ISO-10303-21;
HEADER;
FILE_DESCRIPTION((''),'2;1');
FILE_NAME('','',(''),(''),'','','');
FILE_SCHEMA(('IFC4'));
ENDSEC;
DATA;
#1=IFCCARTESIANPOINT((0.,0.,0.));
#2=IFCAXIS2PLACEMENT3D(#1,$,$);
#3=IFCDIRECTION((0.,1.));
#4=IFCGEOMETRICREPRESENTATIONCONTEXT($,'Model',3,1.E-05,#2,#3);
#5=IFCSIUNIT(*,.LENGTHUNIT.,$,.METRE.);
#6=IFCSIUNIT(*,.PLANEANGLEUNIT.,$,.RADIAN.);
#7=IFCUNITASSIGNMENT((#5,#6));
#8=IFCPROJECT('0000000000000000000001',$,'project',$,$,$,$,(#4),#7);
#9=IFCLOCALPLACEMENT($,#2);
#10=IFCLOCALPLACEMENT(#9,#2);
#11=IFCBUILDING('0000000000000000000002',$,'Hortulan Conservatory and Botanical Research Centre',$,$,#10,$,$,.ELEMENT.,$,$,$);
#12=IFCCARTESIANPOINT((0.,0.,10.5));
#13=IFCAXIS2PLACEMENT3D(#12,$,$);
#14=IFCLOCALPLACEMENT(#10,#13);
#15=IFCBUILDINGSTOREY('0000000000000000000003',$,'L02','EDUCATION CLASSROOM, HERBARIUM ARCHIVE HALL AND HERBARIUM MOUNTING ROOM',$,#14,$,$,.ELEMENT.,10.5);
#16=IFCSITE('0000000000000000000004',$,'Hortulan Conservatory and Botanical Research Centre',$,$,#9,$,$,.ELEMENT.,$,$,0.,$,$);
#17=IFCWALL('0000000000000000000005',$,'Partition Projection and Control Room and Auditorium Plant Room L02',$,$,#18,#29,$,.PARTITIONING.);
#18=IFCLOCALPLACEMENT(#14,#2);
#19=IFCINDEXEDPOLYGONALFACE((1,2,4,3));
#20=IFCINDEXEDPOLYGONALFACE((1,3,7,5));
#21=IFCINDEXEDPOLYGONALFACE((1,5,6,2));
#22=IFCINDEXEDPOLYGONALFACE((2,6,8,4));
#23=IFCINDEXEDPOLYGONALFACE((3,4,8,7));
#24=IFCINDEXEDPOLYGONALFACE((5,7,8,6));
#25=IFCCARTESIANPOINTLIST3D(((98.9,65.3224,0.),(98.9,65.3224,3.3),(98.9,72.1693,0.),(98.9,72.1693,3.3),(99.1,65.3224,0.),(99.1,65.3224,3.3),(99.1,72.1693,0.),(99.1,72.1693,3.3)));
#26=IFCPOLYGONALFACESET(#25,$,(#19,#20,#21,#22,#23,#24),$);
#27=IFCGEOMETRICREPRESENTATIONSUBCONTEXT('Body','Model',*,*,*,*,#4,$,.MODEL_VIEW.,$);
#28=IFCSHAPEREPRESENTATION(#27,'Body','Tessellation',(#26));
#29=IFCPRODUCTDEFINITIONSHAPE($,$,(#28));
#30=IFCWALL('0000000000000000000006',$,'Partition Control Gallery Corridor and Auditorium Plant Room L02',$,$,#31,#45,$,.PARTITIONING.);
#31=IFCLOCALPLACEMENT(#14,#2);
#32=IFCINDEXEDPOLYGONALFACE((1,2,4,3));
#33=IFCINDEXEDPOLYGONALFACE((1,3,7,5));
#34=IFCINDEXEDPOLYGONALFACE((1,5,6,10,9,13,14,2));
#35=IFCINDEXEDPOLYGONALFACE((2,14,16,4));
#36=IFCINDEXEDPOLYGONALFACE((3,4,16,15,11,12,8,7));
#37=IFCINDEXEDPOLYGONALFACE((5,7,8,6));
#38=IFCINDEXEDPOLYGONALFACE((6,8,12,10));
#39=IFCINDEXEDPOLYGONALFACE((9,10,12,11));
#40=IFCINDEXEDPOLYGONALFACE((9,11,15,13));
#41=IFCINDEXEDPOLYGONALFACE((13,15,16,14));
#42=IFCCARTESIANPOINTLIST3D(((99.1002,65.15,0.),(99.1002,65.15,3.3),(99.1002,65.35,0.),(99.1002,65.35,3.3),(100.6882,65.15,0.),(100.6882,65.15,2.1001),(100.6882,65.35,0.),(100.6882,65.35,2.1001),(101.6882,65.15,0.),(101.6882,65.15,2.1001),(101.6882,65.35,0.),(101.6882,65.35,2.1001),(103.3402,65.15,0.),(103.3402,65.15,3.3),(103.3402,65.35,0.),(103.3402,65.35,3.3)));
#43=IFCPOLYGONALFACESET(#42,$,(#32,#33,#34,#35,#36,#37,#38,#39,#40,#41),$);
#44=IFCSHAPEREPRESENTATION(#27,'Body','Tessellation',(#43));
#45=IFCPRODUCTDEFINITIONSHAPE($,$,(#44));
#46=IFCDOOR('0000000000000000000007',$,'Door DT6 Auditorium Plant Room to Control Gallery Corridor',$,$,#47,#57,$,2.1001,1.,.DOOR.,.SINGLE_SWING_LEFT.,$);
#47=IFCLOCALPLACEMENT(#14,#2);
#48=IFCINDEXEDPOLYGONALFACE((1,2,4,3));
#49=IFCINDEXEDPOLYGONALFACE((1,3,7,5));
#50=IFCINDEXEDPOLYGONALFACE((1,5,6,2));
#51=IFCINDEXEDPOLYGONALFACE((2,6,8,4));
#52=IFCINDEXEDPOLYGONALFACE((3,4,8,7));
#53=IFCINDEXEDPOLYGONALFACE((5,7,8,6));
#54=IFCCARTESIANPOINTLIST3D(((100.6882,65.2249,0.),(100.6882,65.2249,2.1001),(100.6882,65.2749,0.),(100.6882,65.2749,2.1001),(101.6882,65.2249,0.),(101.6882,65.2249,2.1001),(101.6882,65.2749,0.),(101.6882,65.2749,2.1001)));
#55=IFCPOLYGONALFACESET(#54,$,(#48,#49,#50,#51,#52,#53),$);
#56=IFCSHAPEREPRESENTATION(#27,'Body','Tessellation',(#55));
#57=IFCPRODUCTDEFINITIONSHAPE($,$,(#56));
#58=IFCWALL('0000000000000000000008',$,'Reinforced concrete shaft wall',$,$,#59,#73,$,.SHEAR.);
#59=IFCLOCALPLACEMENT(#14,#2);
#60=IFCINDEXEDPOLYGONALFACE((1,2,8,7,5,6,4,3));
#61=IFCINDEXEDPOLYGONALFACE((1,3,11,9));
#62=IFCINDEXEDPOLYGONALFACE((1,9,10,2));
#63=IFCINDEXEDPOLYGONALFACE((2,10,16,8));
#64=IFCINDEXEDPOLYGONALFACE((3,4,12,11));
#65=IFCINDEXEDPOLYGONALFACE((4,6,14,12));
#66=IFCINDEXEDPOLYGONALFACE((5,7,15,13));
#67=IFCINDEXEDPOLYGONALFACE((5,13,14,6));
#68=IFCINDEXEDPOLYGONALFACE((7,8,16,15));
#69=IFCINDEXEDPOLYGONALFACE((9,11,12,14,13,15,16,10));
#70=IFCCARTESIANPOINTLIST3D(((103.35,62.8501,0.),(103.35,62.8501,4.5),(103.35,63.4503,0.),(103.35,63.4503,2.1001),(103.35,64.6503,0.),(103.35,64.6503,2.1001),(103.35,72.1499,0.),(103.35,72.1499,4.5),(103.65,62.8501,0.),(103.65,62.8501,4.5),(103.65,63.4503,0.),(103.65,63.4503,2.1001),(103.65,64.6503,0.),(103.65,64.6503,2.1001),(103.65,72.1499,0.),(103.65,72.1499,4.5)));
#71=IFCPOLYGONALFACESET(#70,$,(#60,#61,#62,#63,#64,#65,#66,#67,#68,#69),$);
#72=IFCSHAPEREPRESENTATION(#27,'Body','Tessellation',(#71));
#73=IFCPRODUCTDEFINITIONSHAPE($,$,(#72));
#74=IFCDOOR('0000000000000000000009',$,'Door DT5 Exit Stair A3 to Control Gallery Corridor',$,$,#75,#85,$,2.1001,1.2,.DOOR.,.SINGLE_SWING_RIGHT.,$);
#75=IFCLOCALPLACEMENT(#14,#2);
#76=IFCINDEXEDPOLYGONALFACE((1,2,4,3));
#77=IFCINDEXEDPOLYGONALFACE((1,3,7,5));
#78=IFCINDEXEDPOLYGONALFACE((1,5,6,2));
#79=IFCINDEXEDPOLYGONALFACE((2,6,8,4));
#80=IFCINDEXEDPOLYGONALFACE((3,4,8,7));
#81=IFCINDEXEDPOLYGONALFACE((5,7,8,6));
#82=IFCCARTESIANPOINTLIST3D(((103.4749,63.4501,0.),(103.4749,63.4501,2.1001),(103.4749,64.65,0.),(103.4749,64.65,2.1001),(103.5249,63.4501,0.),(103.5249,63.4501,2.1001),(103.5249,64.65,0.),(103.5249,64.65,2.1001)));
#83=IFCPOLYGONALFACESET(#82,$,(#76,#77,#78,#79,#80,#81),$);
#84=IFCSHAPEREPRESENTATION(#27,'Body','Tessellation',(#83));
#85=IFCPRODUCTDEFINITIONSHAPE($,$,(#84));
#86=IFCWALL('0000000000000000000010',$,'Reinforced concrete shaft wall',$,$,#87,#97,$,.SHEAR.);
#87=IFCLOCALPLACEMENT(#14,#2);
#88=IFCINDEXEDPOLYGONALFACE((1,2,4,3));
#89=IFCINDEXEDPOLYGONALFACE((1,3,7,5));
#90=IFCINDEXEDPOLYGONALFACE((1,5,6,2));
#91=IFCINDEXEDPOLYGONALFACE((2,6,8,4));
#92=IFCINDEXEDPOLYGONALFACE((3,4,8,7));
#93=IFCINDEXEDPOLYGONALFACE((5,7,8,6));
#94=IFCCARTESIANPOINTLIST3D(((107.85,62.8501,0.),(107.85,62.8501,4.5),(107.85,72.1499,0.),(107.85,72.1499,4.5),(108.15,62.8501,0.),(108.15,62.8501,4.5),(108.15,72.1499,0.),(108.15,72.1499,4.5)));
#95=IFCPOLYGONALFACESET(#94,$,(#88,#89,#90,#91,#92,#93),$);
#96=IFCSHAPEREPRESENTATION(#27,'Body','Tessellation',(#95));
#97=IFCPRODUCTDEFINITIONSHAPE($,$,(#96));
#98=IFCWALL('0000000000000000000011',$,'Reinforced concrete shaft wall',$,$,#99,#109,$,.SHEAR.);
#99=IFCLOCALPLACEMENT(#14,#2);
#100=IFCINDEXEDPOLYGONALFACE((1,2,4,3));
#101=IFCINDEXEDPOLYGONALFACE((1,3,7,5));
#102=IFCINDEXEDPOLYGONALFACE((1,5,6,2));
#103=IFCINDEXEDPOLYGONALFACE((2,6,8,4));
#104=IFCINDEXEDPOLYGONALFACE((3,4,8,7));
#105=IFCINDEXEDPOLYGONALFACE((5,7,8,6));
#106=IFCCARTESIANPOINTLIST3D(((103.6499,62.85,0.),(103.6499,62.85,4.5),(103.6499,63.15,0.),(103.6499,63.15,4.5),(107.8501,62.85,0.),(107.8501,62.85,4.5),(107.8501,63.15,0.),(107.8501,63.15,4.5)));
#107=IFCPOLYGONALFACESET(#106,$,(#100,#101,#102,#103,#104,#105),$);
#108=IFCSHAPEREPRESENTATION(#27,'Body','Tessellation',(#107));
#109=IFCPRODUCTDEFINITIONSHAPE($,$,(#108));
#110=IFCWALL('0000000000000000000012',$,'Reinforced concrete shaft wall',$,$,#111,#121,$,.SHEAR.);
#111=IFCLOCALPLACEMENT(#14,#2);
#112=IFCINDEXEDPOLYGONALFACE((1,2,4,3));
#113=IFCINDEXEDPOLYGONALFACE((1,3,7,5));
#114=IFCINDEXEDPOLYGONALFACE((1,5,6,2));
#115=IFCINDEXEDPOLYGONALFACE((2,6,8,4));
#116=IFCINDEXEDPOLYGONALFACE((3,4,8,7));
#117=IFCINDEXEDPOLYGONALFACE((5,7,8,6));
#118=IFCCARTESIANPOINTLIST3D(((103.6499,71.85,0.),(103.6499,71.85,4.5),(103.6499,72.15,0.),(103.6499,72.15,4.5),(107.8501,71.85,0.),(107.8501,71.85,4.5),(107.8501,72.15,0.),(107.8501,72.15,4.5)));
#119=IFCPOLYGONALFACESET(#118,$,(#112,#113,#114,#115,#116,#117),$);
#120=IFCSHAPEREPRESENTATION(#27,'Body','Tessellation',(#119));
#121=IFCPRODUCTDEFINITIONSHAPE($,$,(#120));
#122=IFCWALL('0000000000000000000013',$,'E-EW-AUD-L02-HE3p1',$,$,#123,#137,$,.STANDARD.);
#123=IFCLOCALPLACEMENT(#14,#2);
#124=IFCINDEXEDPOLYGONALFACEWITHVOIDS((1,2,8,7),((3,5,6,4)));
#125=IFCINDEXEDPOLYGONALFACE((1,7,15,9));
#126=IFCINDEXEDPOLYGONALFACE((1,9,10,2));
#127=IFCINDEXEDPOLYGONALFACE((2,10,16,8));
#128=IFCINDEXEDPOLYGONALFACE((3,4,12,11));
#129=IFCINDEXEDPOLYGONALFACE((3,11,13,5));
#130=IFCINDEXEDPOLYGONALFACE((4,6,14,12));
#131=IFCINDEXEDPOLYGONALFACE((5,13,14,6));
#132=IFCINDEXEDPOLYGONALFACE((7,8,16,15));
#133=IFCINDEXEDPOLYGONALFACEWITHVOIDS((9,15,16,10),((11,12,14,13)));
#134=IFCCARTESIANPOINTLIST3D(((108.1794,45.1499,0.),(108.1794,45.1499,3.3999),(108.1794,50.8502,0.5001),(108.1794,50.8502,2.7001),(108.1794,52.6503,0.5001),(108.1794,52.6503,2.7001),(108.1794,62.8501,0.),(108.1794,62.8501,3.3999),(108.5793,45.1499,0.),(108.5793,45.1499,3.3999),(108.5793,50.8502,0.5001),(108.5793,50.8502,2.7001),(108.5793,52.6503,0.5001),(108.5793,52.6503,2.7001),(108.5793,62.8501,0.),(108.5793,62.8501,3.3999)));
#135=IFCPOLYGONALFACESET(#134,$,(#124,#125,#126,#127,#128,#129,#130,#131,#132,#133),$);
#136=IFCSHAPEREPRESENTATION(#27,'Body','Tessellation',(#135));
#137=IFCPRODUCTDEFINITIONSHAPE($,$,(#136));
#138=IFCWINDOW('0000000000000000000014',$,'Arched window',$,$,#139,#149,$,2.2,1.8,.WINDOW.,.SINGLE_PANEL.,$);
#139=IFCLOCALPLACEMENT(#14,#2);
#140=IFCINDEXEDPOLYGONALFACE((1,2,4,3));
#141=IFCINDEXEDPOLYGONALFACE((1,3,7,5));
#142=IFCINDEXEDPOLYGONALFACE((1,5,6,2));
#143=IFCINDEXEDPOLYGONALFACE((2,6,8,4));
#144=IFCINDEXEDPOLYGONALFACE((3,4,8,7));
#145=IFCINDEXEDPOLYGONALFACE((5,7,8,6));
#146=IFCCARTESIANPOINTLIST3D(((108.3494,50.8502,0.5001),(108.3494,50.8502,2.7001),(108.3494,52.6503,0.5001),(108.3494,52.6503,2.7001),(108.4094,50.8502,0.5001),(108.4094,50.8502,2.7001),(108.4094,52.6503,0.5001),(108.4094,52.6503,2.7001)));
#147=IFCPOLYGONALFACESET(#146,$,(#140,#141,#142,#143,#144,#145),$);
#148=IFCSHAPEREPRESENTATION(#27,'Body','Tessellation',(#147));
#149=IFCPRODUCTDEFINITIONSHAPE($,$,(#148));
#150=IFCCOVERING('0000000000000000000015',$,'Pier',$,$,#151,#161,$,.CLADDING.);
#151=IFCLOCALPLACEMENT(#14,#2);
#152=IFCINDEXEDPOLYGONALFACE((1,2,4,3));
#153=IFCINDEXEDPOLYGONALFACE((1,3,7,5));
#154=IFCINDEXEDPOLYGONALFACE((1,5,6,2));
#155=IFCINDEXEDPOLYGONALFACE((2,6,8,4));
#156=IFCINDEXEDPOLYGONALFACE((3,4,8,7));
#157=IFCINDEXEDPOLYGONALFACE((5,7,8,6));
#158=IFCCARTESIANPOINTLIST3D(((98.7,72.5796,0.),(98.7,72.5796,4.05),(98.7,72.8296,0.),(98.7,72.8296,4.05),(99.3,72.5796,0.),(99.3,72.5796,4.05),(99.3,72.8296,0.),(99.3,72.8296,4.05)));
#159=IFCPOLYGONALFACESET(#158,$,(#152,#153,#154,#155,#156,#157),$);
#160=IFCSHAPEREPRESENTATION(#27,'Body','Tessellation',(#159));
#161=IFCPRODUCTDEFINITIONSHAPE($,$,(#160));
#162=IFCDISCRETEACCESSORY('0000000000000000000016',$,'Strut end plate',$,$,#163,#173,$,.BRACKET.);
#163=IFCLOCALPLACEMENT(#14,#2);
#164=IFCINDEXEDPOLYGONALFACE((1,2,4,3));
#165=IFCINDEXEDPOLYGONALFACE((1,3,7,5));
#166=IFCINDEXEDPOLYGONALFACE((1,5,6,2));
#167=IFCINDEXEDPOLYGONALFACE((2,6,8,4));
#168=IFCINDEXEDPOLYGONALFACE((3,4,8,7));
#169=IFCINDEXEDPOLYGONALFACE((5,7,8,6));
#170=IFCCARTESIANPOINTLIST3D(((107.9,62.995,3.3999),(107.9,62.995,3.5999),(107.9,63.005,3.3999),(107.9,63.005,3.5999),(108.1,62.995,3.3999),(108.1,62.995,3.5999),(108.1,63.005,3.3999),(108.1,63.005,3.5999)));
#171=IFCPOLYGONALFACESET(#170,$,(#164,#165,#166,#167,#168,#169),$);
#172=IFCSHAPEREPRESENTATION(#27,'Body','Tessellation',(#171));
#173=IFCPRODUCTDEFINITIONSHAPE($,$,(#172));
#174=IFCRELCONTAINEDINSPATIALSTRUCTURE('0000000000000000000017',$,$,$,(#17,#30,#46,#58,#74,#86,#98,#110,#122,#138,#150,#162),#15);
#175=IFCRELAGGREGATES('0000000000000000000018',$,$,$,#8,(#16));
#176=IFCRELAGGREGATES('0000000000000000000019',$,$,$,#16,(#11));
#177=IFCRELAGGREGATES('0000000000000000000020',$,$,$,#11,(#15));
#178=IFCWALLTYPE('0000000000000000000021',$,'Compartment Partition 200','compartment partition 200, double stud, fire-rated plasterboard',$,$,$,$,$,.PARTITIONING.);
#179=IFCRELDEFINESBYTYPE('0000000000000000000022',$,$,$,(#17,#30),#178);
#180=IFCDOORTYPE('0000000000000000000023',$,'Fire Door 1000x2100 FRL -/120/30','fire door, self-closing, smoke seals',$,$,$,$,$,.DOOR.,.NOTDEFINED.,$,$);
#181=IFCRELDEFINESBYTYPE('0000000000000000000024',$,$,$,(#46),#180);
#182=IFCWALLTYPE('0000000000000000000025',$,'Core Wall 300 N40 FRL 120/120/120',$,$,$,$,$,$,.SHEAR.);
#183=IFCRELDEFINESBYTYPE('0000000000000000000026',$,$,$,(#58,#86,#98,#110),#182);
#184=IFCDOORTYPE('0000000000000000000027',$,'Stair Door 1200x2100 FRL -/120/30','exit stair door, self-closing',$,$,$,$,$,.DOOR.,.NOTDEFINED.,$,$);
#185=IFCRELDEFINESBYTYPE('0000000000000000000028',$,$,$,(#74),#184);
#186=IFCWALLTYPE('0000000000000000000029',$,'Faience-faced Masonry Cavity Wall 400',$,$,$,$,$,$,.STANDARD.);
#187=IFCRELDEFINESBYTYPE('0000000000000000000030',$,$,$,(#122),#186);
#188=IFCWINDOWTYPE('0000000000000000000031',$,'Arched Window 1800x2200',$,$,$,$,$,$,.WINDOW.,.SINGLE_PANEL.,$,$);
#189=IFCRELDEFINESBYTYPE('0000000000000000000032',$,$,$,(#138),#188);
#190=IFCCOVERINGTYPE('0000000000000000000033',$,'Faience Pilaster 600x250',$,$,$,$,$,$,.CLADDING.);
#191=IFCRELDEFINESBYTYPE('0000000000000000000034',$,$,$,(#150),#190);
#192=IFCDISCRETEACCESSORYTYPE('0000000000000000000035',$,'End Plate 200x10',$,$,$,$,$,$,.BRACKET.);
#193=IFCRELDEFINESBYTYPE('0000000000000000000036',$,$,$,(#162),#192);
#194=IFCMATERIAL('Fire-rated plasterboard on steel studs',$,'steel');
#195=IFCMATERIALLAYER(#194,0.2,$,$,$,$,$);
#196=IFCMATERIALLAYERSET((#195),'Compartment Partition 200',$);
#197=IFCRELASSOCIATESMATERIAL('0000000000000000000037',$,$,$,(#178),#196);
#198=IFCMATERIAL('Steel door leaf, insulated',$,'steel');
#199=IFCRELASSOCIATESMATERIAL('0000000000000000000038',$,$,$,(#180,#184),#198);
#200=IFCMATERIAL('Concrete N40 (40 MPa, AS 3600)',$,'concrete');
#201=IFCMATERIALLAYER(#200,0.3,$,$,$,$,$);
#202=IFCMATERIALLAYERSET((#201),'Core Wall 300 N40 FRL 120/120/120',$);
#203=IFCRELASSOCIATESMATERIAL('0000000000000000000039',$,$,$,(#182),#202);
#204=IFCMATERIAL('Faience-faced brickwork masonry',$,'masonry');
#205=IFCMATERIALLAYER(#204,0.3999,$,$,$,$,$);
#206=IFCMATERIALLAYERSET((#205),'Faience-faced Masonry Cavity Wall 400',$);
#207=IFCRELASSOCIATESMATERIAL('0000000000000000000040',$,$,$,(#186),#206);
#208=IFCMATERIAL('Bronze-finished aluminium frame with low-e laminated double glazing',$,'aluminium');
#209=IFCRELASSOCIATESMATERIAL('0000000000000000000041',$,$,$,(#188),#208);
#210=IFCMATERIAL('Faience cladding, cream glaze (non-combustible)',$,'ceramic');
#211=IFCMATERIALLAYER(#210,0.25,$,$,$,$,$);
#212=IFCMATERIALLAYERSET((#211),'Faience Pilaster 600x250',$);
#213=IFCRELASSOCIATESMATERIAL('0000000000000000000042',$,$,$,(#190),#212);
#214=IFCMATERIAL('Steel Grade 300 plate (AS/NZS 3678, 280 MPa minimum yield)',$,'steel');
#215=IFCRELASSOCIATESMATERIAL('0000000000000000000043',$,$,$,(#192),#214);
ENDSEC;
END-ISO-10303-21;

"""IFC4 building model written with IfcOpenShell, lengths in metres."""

from ifc_helpers import new_model, si_unit, direction, frame, frame_2d, origin, origin_2d, place, context, subcontext, project, spatial, rectangle, extrude, material, layer, layer_set, type_object, element, fill, save


model = new_model("IFC4")

# Units and contexts
model_context = context("Model", 3, precision=1e-05, world=origin(), true_north=direction((0.0, 1.0)))
body_context = subcontext(model_context, "Body", "Model", "MODEL_VIEW")
ifc_project = project(units=[si_unit("LENGTHUNIT", "METRE"), si_unit("PLANEANGLEUNIT", "RADIAN")], contexts=[model_context])

# Site, building, storey
site_placement = place(None, origin())
site = spatial("IfcSite", under=ifc_project, at=site_placement, Name="Hortulan Conservatory and Botanical Research Centre", CompositionType="ELEMENT", RefElevation=0.0)
building_placement = place(site_placement, origin())
building = spatial("IfcBuilding", under=site, at=building_placement, Name="Hortulan Conservatory and Botanical Research Centre", CompositionType="ELEMENT")
storey_placement = place(building_placement, frame((0.0, 0.0, 10.5)))
storey = spatial("IfcBuildingStorey", under=building, at=storey_placement, Name="L02", Description="EDUCATION CLASSROOM, HERBARIUM ARCHIVE HALL AND HERBARIUM MOUNTING ROOM", CompositionType="ELEMENT", Elevation=10.5)

# Wall
ifc_material_1 = material(Name="Fire-rated plasterboard on steel studs", Category="steel")
ifc_layer_1 = layer(ifc_material_1, 0.2)
ifc_layer_set_1 = layer_set([ifc_layer_1], Name="Compartment Partition 200")
wall_type_1 = type_object("IfcWallType", Name="Compartment Partition 200", Description="compartment partition 200, double stud, fire-rated plasterboard", PredefinedType="PARTITIONING", material=ifc_layer_set_1)
wall_1_placement = place(storey_placement, frame((99.0, 65.3225, 0.0), z_axis=(0.0, 0.0, 1.0), x_axis=(0.0, 1.0, 0.0)))
element("IfcWall", 1, at=wall_1_placement, inside=storey, type_object=wall_type_1, Name="Partition Projection and Control Room and Auditorium Plant Room L02", PredefinedType="PARTITIONING", context=body_context, shape_type="SweptSolid", body=[
    extrude(rectangle(XDim=6.8469, YDim=0.2, at=frame_2d((3.4233, 0.0))), origin(), (0.0, 0.0, 1.0), 3.3),
])

# Walls, openings, doors
wall_2_placement = place(storey_placement, frame((99.1001, 65.25, 0.0), z_axis=(0.0, 0.0, 1.0), x_axis=(1.0, 0.0, 0.0)))
wall_2 = element("IfcWall", 2, at=wall_2_placement, inside=storey, type_object=wall_type_1, Name="Partition Control Gallery Corridor and Auditorium Plant Room L02", PredefinedType="PARTITIONING", context=body_context, shape_type="SweptSolid", body=[
    extrude(rectangle(XDim=4.24, YDim=0.2, at=frame_2d((2.1201, 0.0))), origin(), (0.0, 0.0, 1.0), 3.3),
])
opening_1_placement = place(wall_2_placement, frame((1.5881, 0.0, 0.0)))
opening_1 = element("IfcOpeningElement", 3, at=opening_1_placement, cuts=wall_2, PredefinedType="OPENING", context=body_context, shape_type="SweptSolid", body=[
    extrude(rectangle(XDim=1.0, YDim=2.1001, at=frame_2d((0.5, 1.05))), frame((0.0, 0.1099, 0.0), z_axis=(0.0, -1.0, 0.0), x_axis=(1.0, 0.0, 0.0)), (0.0, 0.0, 1.0), 0.22),
])
ifc_material_2 = material(Name="Steel door leaf, insulated", Category="steel")
door_type_1 = type_object("IfcDoorType", Name="Fire Door 1000x2100 FRL -/120/30", Description="fire door, self-closing, smoke seals", OperationType="NOTDEFINED", PredefinedType="DOOR", material=ifc_material_2)
door_1_placement = place(opening_1_placement, origin())
door_1 = element("IfcDoor", 4, at=door_1_placement, inside=storey, type_object=door_type_1, Name="Door DT6 Auditorium Plant Room to Control Gallery Corridor", OperationType="SINGLE_SWING_LEFT", OverallHeight=2.1001, OverallWidth=1.0, PredefinedType="DOOR", context=body_context, shape_type="SweptSolid", body=[
    extrude(rectangle(XDim=1.0, YDim=2.1001, at=frame_2d((0.5, 1.05))), frame((0.0, 0.0249, 0.0), z_axis=(0.0, -1.0, 0.0), x_axis=(1.0, 0.0, 0.0)), (0.0, 0.0, 1.0), 0.05),
])
fill(opening_1, door_1)
ifc_material_3 = material(Name="Concrete N40 (40 MPa, AS 3600)", Category="concrete")
ifc_layer_2 = layer(ifc_material_3, 0.3)
ifc_layer_set_2 = layer_set([ifc_layer_2], Name="Core Wall 300 N40 FRL 120/120/120")
wall_type_2 = type_object("IfcWallType", Name="Core Wall 300 N40 FRL 120/120/120", PredefinedType="SHEAR", material=ifc_layer_set_2)
wall_3_placement = place(storey_placement, frame((103.5, 62.8501, 0.0), z_axis=(0.0, 0.0, 1.0), x_axis=(0.0, 1.0, 0.0)))
wall_3 = element("IfcWall", 5, at=wall_3_placement, inside=storey, type_object=wall_type_2, Name="Reinforced concrete shaft wall", PredefinedType="SHEAR", context=body_context, shape_type="SweptSolid", body=[
    extrude(rectangle(XDim=9.2998, YDim=0.3, at=frame_2d((4.6499, 0.0))), origin(), (0.0, 0.0, 1.0), 4.5),
])
opening_2_placement = place(wall_3_placement, frame((0.6001, 0.0, 0.0)))
opening_2 = element("IfcOpeningElement", 6, at=opening_2_placement, cuts=wall_3, PredefinedType="OPENING", context=body_context, shape_type="SweptSolid", body=[
    extrude(rectangle(XDim=1.2, YDim=2.1001, at=frame_2d((0.6001, 1.05))), frame((0.0, 0.1599, 0.0), z_axis=(0.0, -1.0, 0.0), x_axis=(1.0, 0.0, 0.0)), (0.0, 0.0, 1.0), 0.3201),
])
door_type_2 = type_object("IfcDoorType", Name="Stair Door 1200x2100 FRL -/120/30", Description="exit stair door, self-closing", OperationType="NOTDEFINED", PredefinedType="DOOR", material=ifc_material_2)
door_2_placement = place(opening_2_placement, frame((1.2, 0.0, 0.0), z_axis=(0.0, 0.0, 1.0), x_axis=(-1.0, 0.0, 0.0)))
door_2 = element("IfcDoor", 7, at=door_2_placement, inside=storey, type_object=door_type_2, Name="Door DT5 Exit Stair A3 to Control Gallery Corridor", OperationType="SINGLE_SWING_RIGHT", OverallHeight=2.1001, OverallWidth=1.2, PredefinedType="DOOR", context=body_context, shape_type="SweptSolid", body=[
    extrude(rectangle(XDim=1.2, YDim=2.1001, at=frame_2d((0.6001, 1.05))), frame((0.0, 0.0249, 0.0), z_axis=(0.0, -1.0, 0.0), x_axis=(1.0, 0.0, 0.0)), (0.0, 0.0, 1.0), 0.05),
])
fill(opening_2, door_2)

# Walls
wall_4_placement = place(storey_placement, frame((108.0, 62.8501, 0.0), z_axis=(0.0, 0.0, 1.0), x_axis=(0.0, 1.0, 0.0)))
element("IfcWall", 8, at=wall_4_placement, inside=storey, type_object=wall_type_2, Name="Reinforced concrete shaft wall", PredefinedType="SHEAR", context=body_context, shape_type="SweptSolid", body=[
    extrude(rectangle(XDim=9.2998, YDim=0.3, at=frame_2d((4.6499, 0.0))), origin(), (0.0, 0.0, 1.0), 4.5),
])
for number, where, z_axis, x_axis, name in (
    (9, (103.6499, 63.0, 0.0), (0.0, 0.0, 1.0), (1.0, 0.0, 0.0), "Reinforced concrete shaft wall"),
    (10, (103.6499, 72.0, 0.0), (0.0, 0.0, 1.0), (1.0, 0.0, 0.0), "Reinforced concrete shaft wall"),
):
    element("IfcWall", number, at=place(storey_placement, frame(where, z_axis=z_axis, x_axis=x_axis)), inside=storey, type_object=wall_type_2, Name=name, PredefinedType="SHEAR", context=body_context, shape_type="SweptSolid", body=[
        extrude(rectangle(XDim=4.2002, YDim=0.3, at=frame_2d((2.1001, 0.0))), origin(), (0.0, 0.0, 1.0), 4.5),
    ])

# Wall, opening, window
ifc_material_4 = material(Name="Faience-faced brickwork masonry", Category="masonry")
ifc_layer_3 = layer(ifc_material_4, 0.3999)
ifc_layer_set_3 = layer_set([ifc_layer_3], Name="Faience-faced Masonry Cavity Wall 400")
wall_type_3 = type_object("IfcWallType", Name="Faience-faced Masonry Cavity Wall 400", PredefinedType="STANDARD", material=ifc_layer_set_3)
wall_5_placement = place(storey_placement, frame((108.3794, 62.8501, 0.0), z_axis=(0.0, 0.0, 1.0), x_axis=(0.0, -1.0, 0.0)))
wall_5 = element("IfcWall", 11, at=wall_5_placement, inside=storey, type_object=wall_type_3, Name="E-EW-AUD-L02-HE3p1", PredefinedType="STANDARD", context=body_context, shape_type="SweptSolid", body=[
    extrude(rectangle(XDim=17.7002, YDim=0.3999, at=frame_2d((8.8501, 0.0))), origin(), (0.0, 0.0, 1.0), 3.3999),
])
opening_3_placement = place(wall_5_placement, frame((10.2, 0.0, 0.5)))
opening_3 = element("IfcOpeningElement", 12, at=opening_3_placement, cuts=wall_5, PredefinedType="OPENING", context=body_context, shape_type="SweptSolid", body=[
    extrude(rectangle(XDim=1.8, YDim=2.2, at=frame_2d((0.8999, 1.1001))), frame((0.0, 0.21, 0.0), z_axis=(0.0, -1.0, 0.0), x_axis=(1.0, 0.0, 0.0)), (0.0, 0.0, 1.0), 0.4199),
])
ifc_material_5 = material(Name="Bronze-finished aluminium frame with low-e laminated double glazing", Category="aluminium")
window_type = type_object("IfcWindowType", Name="Arched Window 1800x2200", PartitioningType="SINGLE_PANEL", PredefinedType="WINDOW", material=ifc_material_5)
window_placement = place(opening_3_placement, origin())
window = element("IfcWindow", 13, at=window_placement, inside=storey, type_object=window_type, Name="Arched window", OverallHeight=2.2, OverallWidth=1.8, PartitioningType="SINGLE_PANEL", PredefinedType="WINDOW", context=body_context, shape_type="SweptSolid", body=[
    extrude(rectangle(XDim=1.8, YDim=2.2, at=frame_2d((0.8999, 1.1001))), frame((0.0, 0.03, 0.0), z_axis=(0.0, -1.0, 0.0), x_axis=(1.0, 0.0, 0.0)), (0.0, 0.0, 1.0), 0.0601),
])
fill(opening_3, window)

# Covering
ifc_material_6 = material(Name="Faience cladding, cream glaze (non-combustible)", Category="ceramic")
ifc_layer_4 = layer(ifc_material_6, 0.25)
ifc_layer_set_4 = layer_set([ifc_layer_4], Name="Faience Pilaster 600x250")
covering_type = type_object("IfcCoveringType", Name="Faience Pilaster 600x250", PredefinedType="CLADDING", material=ifc_layer_set_4)
covering_placement = place(storey_placement, frame((99.0, 72.7046, 0.0), z_axis=(0.0, 0.0, 1.0), x_axis=(1.0, 0.0, 0.0)))
element("IfcCovering", 14, at=covering_placement, inside=storey, type_object=covering_type, Name="Pier", PredefinedType="CLADDING", context=body_context, shape_type="SweptSolid", body=[
    extrude(rectangle(XDim=0.6001, YDim=0.25, at=origin_2d()), origin(), (0.0, 0.0, 1.0), 4.05),
])

# Discrete accessory
ifc_material_7 = material(Name="Steel Grade 300 plate (AS/NZS 3678, 280 MPa minimum yield)", Category="steel")
discrete_accessory_type = type_object("IfcDiscreteAccessoryType", Name="End Plate 200x10", PredefinedType="BRACKET", material=ifc_material_7)
for number, where, z_axis, x_axis, name in (
    (15, (108.0, 63.0, 3.3999), (0.0, 0.0, 1.0), (1.0, 0.0, 0.0), "Strut end plate"),
):
    element("IfcDiscreteAccessory", number, at=place(storey_placement, frame(where, z_axis=z_axis, x_axis=x_axis)), inside=storey, type_object=discrete_accessory_type, Name=name, PredefinedType="BRACKET", context=body_context, shape_type="SweptSolid", body=[
        extrude(rectangle(XDim=0.2, YDim=0.01, at=origin_2d()), origin(), (0.0, 0.0, 1.0), 0.2),
    ])

save(model, "model.ifc")
